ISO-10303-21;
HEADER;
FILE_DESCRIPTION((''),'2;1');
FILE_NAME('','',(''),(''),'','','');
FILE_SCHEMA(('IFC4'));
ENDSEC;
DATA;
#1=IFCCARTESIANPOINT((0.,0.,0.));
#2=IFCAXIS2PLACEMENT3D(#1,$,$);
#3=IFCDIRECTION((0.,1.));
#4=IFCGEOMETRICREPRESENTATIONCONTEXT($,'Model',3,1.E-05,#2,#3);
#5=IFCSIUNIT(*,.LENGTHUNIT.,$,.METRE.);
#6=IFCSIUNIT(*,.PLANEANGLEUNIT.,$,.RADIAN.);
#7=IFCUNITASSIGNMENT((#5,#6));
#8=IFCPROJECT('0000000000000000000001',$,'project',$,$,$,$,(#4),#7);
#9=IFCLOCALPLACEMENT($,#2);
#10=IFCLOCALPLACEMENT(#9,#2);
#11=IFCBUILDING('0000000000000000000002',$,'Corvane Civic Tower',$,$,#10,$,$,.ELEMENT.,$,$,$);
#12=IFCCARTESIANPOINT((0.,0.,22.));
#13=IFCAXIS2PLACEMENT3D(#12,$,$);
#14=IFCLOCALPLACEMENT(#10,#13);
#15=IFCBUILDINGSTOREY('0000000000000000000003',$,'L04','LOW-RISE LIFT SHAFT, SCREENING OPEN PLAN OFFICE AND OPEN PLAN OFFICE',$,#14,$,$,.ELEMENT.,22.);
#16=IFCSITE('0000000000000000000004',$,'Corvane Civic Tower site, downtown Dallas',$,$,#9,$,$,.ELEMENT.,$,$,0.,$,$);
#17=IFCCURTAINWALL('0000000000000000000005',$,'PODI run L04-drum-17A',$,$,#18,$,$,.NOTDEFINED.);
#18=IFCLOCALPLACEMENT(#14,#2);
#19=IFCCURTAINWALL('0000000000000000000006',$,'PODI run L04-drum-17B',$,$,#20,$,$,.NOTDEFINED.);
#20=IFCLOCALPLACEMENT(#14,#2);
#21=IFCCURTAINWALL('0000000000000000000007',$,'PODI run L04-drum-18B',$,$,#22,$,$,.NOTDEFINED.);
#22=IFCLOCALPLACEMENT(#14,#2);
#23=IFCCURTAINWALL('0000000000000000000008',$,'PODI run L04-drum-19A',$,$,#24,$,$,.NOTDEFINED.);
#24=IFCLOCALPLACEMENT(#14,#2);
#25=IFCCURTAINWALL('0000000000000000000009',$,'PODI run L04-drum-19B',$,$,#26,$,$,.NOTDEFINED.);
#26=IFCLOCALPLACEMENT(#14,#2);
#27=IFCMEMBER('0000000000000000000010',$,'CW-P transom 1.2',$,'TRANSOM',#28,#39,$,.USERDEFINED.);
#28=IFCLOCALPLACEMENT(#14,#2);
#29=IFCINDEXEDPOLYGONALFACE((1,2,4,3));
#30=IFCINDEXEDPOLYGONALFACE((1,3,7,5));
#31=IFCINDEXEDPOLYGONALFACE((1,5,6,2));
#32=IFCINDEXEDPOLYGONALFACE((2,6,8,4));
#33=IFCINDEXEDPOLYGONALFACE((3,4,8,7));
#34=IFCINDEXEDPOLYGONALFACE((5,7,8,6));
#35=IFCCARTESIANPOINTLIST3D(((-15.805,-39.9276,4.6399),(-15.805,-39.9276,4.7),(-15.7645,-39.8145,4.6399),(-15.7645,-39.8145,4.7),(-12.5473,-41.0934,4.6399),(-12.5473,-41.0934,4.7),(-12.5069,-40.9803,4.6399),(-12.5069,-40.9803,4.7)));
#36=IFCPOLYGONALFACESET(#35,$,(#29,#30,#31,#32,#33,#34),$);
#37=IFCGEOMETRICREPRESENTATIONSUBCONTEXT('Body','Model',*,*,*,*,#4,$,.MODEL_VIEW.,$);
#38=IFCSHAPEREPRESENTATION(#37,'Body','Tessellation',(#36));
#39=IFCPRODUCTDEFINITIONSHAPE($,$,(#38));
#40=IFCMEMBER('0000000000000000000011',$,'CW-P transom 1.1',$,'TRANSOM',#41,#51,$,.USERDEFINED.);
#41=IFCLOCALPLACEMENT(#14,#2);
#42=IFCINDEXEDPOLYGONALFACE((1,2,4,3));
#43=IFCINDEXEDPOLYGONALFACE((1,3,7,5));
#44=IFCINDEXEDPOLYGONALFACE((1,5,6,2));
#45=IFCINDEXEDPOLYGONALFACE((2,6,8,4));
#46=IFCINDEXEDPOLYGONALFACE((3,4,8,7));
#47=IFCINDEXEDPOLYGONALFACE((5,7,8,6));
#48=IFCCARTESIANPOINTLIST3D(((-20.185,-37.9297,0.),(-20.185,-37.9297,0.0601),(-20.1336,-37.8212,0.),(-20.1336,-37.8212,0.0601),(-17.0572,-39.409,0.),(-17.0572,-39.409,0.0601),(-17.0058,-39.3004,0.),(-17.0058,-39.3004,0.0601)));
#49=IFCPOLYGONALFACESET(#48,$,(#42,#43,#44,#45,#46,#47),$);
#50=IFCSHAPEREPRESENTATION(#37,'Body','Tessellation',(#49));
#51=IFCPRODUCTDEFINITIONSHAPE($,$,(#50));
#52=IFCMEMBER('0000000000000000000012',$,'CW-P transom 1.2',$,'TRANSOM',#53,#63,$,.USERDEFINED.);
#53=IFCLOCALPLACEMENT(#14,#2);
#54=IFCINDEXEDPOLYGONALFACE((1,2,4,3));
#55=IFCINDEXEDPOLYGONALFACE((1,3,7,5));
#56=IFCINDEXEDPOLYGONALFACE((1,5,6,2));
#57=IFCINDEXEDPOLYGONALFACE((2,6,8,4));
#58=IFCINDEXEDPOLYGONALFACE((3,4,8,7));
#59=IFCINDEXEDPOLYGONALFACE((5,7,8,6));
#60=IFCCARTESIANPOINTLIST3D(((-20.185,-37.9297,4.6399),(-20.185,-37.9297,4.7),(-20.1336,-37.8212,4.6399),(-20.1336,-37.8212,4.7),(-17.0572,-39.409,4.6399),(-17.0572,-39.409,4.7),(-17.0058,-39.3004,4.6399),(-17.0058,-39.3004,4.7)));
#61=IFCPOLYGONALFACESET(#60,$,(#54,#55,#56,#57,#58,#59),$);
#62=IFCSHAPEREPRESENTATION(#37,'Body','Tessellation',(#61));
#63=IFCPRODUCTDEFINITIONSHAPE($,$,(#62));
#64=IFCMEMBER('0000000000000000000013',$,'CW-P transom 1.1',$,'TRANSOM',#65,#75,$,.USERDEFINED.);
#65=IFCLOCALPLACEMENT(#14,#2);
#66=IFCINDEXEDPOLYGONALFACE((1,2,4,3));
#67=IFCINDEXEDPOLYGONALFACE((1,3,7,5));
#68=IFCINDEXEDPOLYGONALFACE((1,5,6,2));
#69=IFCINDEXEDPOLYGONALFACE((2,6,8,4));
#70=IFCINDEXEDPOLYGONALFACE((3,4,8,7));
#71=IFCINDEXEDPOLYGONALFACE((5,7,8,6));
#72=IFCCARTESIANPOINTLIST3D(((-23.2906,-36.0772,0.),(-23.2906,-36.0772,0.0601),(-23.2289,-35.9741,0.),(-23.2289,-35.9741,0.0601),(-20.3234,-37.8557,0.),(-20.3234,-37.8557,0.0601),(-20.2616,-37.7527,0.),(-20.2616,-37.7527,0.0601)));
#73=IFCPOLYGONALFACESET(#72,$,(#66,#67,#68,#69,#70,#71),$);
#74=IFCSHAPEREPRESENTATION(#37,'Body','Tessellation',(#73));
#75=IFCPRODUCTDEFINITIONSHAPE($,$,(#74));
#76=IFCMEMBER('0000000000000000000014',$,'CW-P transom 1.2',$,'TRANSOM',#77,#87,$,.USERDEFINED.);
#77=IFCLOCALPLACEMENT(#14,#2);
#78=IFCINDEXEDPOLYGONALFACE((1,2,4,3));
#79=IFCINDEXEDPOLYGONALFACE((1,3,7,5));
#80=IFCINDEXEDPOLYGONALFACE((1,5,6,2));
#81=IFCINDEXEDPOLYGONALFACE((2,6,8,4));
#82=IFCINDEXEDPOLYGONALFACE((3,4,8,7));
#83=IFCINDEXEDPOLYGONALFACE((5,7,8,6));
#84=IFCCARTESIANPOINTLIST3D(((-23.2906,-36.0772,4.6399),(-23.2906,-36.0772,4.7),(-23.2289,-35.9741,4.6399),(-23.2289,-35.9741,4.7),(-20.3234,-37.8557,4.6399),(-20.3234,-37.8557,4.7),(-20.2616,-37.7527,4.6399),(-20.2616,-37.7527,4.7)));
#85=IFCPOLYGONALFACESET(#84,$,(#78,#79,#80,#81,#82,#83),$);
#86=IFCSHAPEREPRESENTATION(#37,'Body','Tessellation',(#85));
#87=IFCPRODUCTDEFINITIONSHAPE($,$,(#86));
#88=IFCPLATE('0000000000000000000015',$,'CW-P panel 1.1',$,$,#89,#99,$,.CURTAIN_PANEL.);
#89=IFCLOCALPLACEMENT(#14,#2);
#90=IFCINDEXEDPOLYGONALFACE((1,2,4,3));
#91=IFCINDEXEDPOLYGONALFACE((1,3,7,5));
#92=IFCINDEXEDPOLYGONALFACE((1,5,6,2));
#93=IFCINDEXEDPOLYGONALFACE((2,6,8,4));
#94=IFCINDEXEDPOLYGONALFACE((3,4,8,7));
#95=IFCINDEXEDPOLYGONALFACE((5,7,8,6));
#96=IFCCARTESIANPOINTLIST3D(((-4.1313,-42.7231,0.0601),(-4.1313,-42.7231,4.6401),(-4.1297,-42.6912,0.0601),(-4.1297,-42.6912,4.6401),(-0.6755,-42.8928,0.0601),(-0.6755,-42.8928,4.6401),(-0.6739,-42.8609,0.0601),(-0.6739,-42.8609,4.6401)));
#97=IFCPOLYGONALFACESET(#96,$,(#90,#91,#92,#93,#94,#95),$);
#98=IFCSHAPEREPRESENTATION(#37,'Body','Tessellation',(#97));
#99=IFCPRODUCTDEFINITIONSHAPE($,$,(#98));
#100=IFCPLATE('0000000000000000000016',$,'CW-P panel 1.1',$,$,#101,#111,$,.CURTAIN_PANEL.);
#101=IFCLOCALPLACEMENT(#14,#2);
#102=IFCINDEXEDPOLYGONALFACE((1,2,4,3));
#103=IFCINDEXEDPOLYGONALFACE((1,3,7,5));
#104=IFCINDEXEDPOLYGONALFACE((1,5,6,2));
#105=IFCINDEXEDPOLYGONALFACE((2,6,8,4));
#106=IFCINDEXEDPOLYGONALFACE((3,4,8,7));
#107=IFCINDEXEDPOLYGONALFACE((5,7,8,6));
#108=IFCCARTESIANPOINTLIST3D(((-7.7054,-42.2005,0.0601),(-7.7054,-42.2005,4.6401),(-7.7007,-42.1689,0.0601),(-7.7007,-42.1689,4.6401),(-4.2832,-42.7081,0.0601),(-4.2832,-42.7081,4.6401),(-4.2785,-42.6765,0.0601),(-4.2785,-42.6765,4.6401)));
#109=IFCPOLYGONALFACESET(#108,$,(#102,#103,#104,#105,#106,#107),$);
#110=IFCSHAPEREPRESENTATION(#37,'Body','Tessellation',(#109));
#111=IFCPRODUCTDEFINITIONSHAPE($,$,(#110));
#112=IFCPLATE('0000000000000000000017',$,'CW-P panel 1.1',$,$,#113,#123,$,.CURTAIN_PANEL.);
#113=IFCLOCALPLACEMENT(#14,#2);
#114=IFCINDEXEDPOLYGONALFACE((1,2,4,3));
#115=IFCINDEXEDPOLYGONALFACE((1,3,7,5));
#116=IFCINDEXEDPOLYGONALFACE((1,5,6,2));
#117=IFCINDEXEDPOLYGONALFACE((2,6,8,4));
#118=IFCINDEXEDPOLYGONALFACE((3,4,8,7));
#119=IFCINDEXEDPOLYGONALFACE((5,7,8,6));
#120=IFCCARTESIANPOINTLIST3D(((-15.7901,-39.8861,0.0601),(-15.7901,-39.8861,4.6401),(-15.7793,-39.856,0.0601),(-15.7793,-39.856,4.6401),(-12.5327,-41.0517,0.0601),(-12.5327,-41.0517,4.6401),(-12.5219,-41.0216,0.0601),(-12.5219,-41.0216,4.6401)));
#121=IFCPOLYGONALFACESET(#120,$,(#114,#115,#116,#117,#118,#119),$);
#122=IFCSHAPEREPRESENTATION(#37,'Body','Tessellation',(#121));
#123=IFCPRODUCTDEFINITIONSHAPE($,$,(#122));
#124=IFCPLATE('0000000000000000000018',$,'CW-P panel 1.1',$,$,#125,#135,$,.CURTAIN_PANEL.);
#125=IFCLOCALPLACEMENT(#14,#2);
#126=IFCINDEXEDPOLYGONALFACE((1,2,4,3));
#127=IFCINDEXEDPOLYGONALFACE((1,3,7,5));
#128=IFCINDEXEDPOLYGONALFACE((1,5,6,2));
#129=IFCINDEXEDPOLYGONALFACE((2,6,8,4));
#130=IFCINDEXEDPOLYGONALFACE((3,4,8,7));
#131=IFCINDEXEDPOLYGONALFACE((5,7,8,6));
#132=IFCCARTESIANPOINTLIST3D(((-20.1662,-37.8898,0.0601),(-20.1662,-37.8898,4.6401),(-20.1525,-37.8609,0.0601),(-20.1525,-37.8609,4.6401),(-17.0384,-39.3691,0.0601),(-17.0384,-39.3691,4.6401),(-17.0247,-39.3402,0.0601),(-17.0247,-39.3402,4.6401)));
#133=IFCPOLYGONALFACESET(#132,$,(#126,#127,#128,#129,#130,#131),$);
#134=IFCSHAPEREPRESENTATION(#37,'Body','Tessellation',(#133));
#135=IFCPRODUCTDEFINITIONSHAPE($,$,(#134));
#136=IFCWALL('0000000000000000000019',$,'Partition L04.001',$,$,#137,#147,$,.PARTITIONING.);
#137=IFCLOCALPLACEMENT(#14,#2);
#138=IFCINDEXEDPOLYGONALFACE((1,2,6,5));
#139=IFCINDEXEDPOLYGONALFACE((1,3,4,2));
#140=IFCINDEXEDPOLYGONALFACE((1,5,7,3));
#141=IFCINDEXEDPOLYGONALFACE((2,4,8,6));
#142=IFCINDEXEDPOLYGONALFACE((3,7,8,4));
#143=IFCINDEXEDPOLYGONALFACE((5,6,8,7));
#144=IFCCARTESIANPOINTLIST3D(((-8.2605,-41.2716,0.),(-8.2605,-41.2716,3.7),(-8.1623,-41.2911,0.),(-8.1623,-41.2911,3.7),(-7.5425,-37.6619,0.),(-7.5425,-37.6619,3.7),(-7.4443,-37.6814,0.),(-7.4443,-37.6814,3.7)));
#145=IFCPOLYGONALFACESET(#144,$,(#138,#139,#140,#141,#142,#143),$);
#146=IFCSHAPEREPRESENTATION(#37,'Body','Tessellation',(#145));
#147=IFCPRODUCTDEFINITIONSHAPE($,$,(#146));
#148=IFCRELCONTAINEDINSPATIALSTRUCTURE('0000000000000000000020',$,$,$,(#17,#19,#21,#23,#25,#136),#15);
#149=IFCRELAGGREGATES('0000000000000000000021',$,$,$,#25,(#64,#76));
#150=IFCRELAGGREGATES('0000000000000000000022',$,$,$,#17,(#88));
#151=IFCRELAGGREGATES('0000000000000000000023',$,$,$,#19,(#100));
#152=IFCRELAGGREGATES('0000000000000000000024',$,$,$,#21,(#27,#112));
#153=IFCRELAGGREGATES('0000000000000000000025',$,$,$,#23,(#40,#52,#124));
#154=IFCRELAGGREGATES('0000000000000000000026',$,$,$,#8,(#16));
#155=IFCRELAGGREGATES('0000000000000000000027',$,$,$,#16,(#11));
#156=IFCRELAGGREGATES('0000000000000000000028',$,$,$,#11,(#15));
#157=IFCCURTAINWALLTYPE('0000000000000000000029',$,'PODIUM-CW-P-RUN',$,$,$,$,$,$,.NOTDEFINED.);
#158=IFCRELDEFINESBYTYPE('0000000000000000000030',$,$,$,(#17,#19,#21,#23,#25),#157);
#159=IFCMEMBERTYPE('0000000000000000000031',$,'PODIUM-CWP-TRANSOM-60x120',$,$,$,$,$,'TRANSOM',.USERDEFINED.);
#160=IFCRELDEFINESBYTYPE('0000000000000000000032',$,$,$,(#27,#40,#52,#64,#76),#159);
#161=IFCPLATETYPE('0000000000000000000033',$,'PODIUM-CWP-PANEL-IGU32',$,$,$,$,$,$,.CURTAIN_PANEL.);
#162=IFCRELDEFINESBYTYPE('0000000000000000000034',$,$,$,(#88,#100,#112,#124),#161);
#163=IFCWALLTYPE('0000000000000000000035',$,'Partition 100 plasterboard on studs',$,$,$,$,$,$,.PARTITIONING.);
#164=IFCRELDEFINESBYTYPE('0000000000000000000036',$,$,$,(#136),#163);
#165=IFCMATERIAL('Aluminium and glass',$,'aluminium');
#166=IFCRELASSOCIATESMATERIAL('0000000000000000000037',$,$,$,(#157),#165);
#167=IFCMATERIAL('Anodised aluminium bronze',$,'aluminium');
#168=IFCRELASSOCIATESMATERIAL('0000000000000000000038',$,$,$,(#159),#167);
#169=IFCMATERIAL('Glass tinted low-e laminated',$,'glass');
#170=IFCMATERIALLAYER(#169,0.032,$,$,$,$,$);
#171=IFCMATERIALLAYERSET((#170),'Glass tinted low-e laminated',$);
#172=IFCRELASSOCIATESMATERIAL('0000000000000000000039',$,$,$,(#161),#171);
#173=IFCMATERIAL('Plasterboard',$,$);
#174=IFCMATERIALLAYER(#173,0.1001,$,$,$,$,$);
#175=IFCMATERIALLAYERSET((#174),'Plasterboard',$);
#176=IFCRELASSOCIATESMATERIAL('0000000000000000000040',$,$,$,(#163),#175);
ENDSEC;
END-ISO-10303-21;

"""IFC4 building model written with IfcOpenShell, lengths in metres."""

from ifc_helpers import new_model, si_unit, direction, frame, frame_2d, origin, origin_2d, place, context, subcontext, project, spatial, rectangle, extrude, material, layer, layer_set, material_profile, profile_set, type_object, element, aggregate, save


model = new_model("IFC4")

# Units and contexts
model_context = context("Model", 3, precision=1e-05, world=origin(), true_north=direction((0.0, 1.0)))
body_context = subcontext(model_context, "Body", "Model", "MODEL_VIEW")
ifc_project = project(units=[si_unit("LENGTHUNIT", "METRE"), si_unit("PLANEANGLEUNIT", "RADIAN")], contexts=[model_context])

# Site, building, storey
site_placement = place(None, origin())
site = spatial("IfcSite", under=ifc_project, at=site_placement, Name="Corvane Civic Tower site, downtown Dallas", CompositionType="ELEMENT", RefElevation=0.0)
building_placement = place(site_placement, origin())
building = spatial("IfcBuilding", under=site, at=building_placement, Name="Corvane Civic Tower", CompositionType="ELEMENT")
storey_placement = place(building_placement, frame((0.0, 0.0, 22.0)))
storey = spatial("IfcBuildingStorey", under=building, at=storey_placement, Name="L04", Description="LOW-RISE LIFT SHAFT, SCREENING OPEN PLAN OFFICE AND OPEN PLAN OFFICE", CompositionType="ELEMENT", Elevation=22.0)

# Curtain walls
ifc_material_1 = material(Name="Aluminium and glass", Category="aluminium")
curtain_wall_type = type_object("IfcCurtainWallType", Name="PODIUM-CW-P-RUN", PredefinedType="NOTDEFINED", material=ifc_material_1)
curtain_wall_1_placement = place(storey_placement, origin())
curtain_wall_1 = element("IfcCurtainWall", 1, at=curtain_wall_1_placement, inside=storey, type_object=curtain_wall_type, Name="PODI run L04-drum-17A", PredefinedType="NOTDEFINED")
curtain_wall_2_placement = place(storey_placement, origin())
curtain_wall_2 = element("IfcCurtainWall", 2, at=curtain_wall_2_placement, inside=storey, type_object=curtain_wall_type, Name="PODI run L04-drum-17B", PredefinedType="NOTDEFINED")
curtain_wall_3_placement = place(storey_placement, origin())
curtain_wall_3 = element("IfcCurtainWall", 3, at=curtain_wall_3_placement, inside=storey, type_object=curtain_wall_type, Name="PODI run L04-drum-18B", PredefinedType="NOTDEFINED")
curtain_wall_4_placement = place(storey_placement, origin())
curtain_wall_4 = element("IfcCurtainWall", 4, at=curtain_wall_4_placement, inside=storey, type_object=curtain_wall_type, Name="PODI run L04-drum-19A", PredefinedType="NOTDEFINED")

# Curtain wall
curtain_wall_5_placement = place(storey_placement, origin())
curtain_wall_5 = element("IfcCurtainWall", 5, at=curtain_wall_5_placement, inside=storey, type_object=curtain_wall_type, Name="PODI run L04-drum-19B", PredefinedType="NOTDEFINED")

# Members
ifc_material_2 = material(Name="Anodised aluminium bronze", Category="aluminium")
ifc_material_profile_1 = material_profile(ifc_material_2, rectangle(XDim=0.1201, YDim=0.0601, at=origin_2d()), Name="AL 120x60")
ifc_profile_set_1 = profile_set([ifc_material_profile_1], Name="Anodised aluminium bronze")
member_type_1 = type_object("IfcMemberType", Name="PODIUM-CWP-TRANSOM-60x120", ElementType="TRANSOM", PredefinedType="USERDEFINED", material=ifc_profile_set_1)
member_1_placement = place(storey_placement, frame((-12.5271, -41.0369, 4.6699), z_axis=(-0.941526, 0.33694, 0.0), x_axis=(-0.33694, -0.941526, 0.0)))
member_1 = element("IfcMember", 6, at=member_1_placement, type_object=member_type_1, Name="CW-P transom 1.2", ObjectType="TRANSOM", PredefinedType="USERDEFINED", context=body_context, shape_type="SweptSolid", body=[
    extrude(rectangle(XDim=0.1201, YDim=0.0601, at=origin_2d()), origin(), (0.0, 0.0, 1.0), 3.46),
])
member_2_placement = place(storey_placement, frame((-17.0315, -39.3547, 0.03), z_axis=(-0.903993, 0.427546, 0.0), x_axis=(-0.427546, -0.903993, 0.0)))
member_2 = element("IfcMember", 7, at=member_2_placement, type_object=member_type_1, Name="CW-P transom 1.1", ObjectType="TRANSOM", PredefinedType="USERDEFINED", context=body_context, shape_type="SweptSolid", body=[
    extrude(rectangle(XDim=0.1201, YDim=0.0601, at=origin_2d()), origin(), (0.0, 0.0, 1.0), 3.46),
])
member_3_placement = place(storey_placement, frame((-17.0315, -39.3547, 4.6699), z_axis=(-0.903993, 0.427546, 0.0), x_axis=(-0.427546, -0.903993, 0.0)))
member_3 = element("IfcMember", 8, at=member_3_placement, type_object=member_type_1, Name="CW-P transom 1.2", ObjectType="TRANSOM", PredefinedType="USERDEFINED", context=body_context, shape_type="SweptSolid", body=[
    extrude(rectangle(XDim=0.1201, YDim=0.0601, at=origin_2d()), origin(), (0.0, 0.0, 1.0), 3.46),
])
member_4_placement = place(storey_placement, frame((-20.2925, -37.8042, 0.03), z_axis=(-0.857723, 0.514112, 0.0), x_axis=(-0.514112, -0.857723, 0.0)))
member_4 = element("IfcMember", 9, at=member_4_placement, type_object=member_type_1, Name="CW-P transom 1.1", ObjectType="TRANSOM", PredefinedType="USERDEFINED", context=body_context, shape_type="SweptSolid", body=[
    extrude(rectangle(XDim=0.1201, YDim=0.0601, at=origin_2d()), origin(), (0.0, 0.0, 1.0), 3.4595),
])
member_5_placement = place(storey_placement, frame((-20.2925, -37.8042, 4.6699), z_axis=(-0.857723, 0.514112, 0.0), x_axis=(-0.514112, -0.857723, 0.0)))
member_5 = element("IfcMember", 10, at=member_5_placement, type_object=member_type_1, Name="CW-P transom 1.2", ObjectType="TRANSOM", PredefinedType="USERDEFINED", context=body_context, shape_type="SweptSolid", body=[
    extrude(rectangle(XDim=0.1201, YDim=0.0601, at=origin_2d()), origin(), (0.0, 0.0, 1.0), 3.4595),
])
aggregate(curtain_wall_5, [member_4, member_5])

# Plates
ifc_material_3 = material(Name="Glass tinted low-e laminated", Category="glass")
ifc_layer_1 = layer(ifc_material_3, 0.032)
ifc_layer_set_1 = layer_set([ifc_layer_1], Name="Glass tinted low-e laminated")
plate_type = type_object("IfcPlateType", Name="PODIUM-CWP-PANEL-IGU32", PredefinedType="CURTAIN_PANEL", material=ifc_layer_set_1)
plate_1_placement = place(storey_placement, frame((-2.4026, -42.792, 0.0601), z_axis=(0.0, 0.0, 1.0), x_axis=(-0.998796, 0.04905, 0.0)))
plate_1 = element("IfcPlate", 11, at=plate_1_placement, type_object=plate_type, Name="CW-P panel 1.1", PredefinedType="CURTAIN_PANEL", context=body_context, shape_type="SweptSolid", body=[
    extrude(rectangle(XDim=3.46, YDim=0.032, at=origin_2d()), origin(), (0.0, 0.0, 1.0), 4.5801),
])
aggregate(curtain_wall_1, [plate_1])
plate_2_placement = place(storey_placement, frame((-5.9919, -42.4385, 0.0601), z_axis=(0.0, 0.0, 1.0), x_axis=(-0.989179, 0.146715, 0.0)))
plate_2 = element("IfcPlate", 12, at=plate_2_placement, type_object=plate_type, Name="CW-P panel 1.1", PredefinedType="CURTAIN_PANEL", context=body_context, shape_type="SweptSolid", body=[
    extrude(rectangle(XDim=3.4597, YDim=0.032, at=origin_2d()), origin(), (0.0, 0.0, 1.0), 4.5801),
])
aggregate(curtain_wall_2, [plate_2])
plate_3_placement = place(storey_placement, frame((-14.156, -40.4539, 0.0601), z_axis=(0.0, 0.0, 1.0), x_axis=(-0.941534, 0.336919, 0.0)))
plate_3 = element("IfcPlate", 13, at=plate_3_placement, type_object=plate_type, Name="CW-P panel 1.1", PredefinedType="CURTAIN_PANEL", context=body_context, shape_type="SweptSolid", body=[
    extrude(rectangle(XDim=3.4597, YDim=0.032, at=origin_2d()), origin(), (0.0, 0.0, 1.0), 4.5801),
])
aggregate(curtain_wall_3, [member_1, plate_3])
plate_4_placement = place(storey_placement, frame((-18.5955, -38.615, 0.0601), z_axis=(0.0, 0.0, 1.0), x_axis=(-0.90399, 0.427553, 0.0)))
plate_4 = element("IfcPlate", 14, at=plate_4_placement, type_object=plate_type, Name="CW-P panel 1.1", PredefinedType="CURTAIN_PANEL", context=body_context, shape_type="SweptSolid", body=[
    extrude(rectangle(XDim=3.46, YDim=0.032, at=origin_2d()), origin(), (0.0, 0.0, 1.0), 4.5801),
])
aggregate(curtain_wall_4, [member_2, member_3, plate_4])

# Wall
ifc_material_4 = material(Name="Plasterboard")
ifc_layer_2 = layer(ifc_material_4, 0.1001)
ifc_layer_set_2 = layer_set([ifc_layer_2], Name="Plasterboard")
wall_type_1 = type_object("IfcWallType", Name="Partition 100 plasterboard on studs", PredefinedType="PARTITIONING", material=ifc_layer_set_2)
wall_1_placement = place(storey_placement, frame((-8.2114, -41.2815, 0.0), z_axis=(0.0, 0.0, 1.0), x_axis=(0.195095, 0.980784, 0.0)))
element("IfcWall", 15, at=wall_1_placement, inside=storey, type_object=wall_type_1, Name="Partition L04.001", PredefinedType="PARTITIONING", context=body_context, shape_type="SweptSolid", body=[
    extrude(rectangle(XDim=3.6804, YDim=0.1001, at=frame_2d((1.8403, 0.0))), origin(), (0.0, 0.0, 1.0), 3.7),
])

save(model, "model.ifc")
